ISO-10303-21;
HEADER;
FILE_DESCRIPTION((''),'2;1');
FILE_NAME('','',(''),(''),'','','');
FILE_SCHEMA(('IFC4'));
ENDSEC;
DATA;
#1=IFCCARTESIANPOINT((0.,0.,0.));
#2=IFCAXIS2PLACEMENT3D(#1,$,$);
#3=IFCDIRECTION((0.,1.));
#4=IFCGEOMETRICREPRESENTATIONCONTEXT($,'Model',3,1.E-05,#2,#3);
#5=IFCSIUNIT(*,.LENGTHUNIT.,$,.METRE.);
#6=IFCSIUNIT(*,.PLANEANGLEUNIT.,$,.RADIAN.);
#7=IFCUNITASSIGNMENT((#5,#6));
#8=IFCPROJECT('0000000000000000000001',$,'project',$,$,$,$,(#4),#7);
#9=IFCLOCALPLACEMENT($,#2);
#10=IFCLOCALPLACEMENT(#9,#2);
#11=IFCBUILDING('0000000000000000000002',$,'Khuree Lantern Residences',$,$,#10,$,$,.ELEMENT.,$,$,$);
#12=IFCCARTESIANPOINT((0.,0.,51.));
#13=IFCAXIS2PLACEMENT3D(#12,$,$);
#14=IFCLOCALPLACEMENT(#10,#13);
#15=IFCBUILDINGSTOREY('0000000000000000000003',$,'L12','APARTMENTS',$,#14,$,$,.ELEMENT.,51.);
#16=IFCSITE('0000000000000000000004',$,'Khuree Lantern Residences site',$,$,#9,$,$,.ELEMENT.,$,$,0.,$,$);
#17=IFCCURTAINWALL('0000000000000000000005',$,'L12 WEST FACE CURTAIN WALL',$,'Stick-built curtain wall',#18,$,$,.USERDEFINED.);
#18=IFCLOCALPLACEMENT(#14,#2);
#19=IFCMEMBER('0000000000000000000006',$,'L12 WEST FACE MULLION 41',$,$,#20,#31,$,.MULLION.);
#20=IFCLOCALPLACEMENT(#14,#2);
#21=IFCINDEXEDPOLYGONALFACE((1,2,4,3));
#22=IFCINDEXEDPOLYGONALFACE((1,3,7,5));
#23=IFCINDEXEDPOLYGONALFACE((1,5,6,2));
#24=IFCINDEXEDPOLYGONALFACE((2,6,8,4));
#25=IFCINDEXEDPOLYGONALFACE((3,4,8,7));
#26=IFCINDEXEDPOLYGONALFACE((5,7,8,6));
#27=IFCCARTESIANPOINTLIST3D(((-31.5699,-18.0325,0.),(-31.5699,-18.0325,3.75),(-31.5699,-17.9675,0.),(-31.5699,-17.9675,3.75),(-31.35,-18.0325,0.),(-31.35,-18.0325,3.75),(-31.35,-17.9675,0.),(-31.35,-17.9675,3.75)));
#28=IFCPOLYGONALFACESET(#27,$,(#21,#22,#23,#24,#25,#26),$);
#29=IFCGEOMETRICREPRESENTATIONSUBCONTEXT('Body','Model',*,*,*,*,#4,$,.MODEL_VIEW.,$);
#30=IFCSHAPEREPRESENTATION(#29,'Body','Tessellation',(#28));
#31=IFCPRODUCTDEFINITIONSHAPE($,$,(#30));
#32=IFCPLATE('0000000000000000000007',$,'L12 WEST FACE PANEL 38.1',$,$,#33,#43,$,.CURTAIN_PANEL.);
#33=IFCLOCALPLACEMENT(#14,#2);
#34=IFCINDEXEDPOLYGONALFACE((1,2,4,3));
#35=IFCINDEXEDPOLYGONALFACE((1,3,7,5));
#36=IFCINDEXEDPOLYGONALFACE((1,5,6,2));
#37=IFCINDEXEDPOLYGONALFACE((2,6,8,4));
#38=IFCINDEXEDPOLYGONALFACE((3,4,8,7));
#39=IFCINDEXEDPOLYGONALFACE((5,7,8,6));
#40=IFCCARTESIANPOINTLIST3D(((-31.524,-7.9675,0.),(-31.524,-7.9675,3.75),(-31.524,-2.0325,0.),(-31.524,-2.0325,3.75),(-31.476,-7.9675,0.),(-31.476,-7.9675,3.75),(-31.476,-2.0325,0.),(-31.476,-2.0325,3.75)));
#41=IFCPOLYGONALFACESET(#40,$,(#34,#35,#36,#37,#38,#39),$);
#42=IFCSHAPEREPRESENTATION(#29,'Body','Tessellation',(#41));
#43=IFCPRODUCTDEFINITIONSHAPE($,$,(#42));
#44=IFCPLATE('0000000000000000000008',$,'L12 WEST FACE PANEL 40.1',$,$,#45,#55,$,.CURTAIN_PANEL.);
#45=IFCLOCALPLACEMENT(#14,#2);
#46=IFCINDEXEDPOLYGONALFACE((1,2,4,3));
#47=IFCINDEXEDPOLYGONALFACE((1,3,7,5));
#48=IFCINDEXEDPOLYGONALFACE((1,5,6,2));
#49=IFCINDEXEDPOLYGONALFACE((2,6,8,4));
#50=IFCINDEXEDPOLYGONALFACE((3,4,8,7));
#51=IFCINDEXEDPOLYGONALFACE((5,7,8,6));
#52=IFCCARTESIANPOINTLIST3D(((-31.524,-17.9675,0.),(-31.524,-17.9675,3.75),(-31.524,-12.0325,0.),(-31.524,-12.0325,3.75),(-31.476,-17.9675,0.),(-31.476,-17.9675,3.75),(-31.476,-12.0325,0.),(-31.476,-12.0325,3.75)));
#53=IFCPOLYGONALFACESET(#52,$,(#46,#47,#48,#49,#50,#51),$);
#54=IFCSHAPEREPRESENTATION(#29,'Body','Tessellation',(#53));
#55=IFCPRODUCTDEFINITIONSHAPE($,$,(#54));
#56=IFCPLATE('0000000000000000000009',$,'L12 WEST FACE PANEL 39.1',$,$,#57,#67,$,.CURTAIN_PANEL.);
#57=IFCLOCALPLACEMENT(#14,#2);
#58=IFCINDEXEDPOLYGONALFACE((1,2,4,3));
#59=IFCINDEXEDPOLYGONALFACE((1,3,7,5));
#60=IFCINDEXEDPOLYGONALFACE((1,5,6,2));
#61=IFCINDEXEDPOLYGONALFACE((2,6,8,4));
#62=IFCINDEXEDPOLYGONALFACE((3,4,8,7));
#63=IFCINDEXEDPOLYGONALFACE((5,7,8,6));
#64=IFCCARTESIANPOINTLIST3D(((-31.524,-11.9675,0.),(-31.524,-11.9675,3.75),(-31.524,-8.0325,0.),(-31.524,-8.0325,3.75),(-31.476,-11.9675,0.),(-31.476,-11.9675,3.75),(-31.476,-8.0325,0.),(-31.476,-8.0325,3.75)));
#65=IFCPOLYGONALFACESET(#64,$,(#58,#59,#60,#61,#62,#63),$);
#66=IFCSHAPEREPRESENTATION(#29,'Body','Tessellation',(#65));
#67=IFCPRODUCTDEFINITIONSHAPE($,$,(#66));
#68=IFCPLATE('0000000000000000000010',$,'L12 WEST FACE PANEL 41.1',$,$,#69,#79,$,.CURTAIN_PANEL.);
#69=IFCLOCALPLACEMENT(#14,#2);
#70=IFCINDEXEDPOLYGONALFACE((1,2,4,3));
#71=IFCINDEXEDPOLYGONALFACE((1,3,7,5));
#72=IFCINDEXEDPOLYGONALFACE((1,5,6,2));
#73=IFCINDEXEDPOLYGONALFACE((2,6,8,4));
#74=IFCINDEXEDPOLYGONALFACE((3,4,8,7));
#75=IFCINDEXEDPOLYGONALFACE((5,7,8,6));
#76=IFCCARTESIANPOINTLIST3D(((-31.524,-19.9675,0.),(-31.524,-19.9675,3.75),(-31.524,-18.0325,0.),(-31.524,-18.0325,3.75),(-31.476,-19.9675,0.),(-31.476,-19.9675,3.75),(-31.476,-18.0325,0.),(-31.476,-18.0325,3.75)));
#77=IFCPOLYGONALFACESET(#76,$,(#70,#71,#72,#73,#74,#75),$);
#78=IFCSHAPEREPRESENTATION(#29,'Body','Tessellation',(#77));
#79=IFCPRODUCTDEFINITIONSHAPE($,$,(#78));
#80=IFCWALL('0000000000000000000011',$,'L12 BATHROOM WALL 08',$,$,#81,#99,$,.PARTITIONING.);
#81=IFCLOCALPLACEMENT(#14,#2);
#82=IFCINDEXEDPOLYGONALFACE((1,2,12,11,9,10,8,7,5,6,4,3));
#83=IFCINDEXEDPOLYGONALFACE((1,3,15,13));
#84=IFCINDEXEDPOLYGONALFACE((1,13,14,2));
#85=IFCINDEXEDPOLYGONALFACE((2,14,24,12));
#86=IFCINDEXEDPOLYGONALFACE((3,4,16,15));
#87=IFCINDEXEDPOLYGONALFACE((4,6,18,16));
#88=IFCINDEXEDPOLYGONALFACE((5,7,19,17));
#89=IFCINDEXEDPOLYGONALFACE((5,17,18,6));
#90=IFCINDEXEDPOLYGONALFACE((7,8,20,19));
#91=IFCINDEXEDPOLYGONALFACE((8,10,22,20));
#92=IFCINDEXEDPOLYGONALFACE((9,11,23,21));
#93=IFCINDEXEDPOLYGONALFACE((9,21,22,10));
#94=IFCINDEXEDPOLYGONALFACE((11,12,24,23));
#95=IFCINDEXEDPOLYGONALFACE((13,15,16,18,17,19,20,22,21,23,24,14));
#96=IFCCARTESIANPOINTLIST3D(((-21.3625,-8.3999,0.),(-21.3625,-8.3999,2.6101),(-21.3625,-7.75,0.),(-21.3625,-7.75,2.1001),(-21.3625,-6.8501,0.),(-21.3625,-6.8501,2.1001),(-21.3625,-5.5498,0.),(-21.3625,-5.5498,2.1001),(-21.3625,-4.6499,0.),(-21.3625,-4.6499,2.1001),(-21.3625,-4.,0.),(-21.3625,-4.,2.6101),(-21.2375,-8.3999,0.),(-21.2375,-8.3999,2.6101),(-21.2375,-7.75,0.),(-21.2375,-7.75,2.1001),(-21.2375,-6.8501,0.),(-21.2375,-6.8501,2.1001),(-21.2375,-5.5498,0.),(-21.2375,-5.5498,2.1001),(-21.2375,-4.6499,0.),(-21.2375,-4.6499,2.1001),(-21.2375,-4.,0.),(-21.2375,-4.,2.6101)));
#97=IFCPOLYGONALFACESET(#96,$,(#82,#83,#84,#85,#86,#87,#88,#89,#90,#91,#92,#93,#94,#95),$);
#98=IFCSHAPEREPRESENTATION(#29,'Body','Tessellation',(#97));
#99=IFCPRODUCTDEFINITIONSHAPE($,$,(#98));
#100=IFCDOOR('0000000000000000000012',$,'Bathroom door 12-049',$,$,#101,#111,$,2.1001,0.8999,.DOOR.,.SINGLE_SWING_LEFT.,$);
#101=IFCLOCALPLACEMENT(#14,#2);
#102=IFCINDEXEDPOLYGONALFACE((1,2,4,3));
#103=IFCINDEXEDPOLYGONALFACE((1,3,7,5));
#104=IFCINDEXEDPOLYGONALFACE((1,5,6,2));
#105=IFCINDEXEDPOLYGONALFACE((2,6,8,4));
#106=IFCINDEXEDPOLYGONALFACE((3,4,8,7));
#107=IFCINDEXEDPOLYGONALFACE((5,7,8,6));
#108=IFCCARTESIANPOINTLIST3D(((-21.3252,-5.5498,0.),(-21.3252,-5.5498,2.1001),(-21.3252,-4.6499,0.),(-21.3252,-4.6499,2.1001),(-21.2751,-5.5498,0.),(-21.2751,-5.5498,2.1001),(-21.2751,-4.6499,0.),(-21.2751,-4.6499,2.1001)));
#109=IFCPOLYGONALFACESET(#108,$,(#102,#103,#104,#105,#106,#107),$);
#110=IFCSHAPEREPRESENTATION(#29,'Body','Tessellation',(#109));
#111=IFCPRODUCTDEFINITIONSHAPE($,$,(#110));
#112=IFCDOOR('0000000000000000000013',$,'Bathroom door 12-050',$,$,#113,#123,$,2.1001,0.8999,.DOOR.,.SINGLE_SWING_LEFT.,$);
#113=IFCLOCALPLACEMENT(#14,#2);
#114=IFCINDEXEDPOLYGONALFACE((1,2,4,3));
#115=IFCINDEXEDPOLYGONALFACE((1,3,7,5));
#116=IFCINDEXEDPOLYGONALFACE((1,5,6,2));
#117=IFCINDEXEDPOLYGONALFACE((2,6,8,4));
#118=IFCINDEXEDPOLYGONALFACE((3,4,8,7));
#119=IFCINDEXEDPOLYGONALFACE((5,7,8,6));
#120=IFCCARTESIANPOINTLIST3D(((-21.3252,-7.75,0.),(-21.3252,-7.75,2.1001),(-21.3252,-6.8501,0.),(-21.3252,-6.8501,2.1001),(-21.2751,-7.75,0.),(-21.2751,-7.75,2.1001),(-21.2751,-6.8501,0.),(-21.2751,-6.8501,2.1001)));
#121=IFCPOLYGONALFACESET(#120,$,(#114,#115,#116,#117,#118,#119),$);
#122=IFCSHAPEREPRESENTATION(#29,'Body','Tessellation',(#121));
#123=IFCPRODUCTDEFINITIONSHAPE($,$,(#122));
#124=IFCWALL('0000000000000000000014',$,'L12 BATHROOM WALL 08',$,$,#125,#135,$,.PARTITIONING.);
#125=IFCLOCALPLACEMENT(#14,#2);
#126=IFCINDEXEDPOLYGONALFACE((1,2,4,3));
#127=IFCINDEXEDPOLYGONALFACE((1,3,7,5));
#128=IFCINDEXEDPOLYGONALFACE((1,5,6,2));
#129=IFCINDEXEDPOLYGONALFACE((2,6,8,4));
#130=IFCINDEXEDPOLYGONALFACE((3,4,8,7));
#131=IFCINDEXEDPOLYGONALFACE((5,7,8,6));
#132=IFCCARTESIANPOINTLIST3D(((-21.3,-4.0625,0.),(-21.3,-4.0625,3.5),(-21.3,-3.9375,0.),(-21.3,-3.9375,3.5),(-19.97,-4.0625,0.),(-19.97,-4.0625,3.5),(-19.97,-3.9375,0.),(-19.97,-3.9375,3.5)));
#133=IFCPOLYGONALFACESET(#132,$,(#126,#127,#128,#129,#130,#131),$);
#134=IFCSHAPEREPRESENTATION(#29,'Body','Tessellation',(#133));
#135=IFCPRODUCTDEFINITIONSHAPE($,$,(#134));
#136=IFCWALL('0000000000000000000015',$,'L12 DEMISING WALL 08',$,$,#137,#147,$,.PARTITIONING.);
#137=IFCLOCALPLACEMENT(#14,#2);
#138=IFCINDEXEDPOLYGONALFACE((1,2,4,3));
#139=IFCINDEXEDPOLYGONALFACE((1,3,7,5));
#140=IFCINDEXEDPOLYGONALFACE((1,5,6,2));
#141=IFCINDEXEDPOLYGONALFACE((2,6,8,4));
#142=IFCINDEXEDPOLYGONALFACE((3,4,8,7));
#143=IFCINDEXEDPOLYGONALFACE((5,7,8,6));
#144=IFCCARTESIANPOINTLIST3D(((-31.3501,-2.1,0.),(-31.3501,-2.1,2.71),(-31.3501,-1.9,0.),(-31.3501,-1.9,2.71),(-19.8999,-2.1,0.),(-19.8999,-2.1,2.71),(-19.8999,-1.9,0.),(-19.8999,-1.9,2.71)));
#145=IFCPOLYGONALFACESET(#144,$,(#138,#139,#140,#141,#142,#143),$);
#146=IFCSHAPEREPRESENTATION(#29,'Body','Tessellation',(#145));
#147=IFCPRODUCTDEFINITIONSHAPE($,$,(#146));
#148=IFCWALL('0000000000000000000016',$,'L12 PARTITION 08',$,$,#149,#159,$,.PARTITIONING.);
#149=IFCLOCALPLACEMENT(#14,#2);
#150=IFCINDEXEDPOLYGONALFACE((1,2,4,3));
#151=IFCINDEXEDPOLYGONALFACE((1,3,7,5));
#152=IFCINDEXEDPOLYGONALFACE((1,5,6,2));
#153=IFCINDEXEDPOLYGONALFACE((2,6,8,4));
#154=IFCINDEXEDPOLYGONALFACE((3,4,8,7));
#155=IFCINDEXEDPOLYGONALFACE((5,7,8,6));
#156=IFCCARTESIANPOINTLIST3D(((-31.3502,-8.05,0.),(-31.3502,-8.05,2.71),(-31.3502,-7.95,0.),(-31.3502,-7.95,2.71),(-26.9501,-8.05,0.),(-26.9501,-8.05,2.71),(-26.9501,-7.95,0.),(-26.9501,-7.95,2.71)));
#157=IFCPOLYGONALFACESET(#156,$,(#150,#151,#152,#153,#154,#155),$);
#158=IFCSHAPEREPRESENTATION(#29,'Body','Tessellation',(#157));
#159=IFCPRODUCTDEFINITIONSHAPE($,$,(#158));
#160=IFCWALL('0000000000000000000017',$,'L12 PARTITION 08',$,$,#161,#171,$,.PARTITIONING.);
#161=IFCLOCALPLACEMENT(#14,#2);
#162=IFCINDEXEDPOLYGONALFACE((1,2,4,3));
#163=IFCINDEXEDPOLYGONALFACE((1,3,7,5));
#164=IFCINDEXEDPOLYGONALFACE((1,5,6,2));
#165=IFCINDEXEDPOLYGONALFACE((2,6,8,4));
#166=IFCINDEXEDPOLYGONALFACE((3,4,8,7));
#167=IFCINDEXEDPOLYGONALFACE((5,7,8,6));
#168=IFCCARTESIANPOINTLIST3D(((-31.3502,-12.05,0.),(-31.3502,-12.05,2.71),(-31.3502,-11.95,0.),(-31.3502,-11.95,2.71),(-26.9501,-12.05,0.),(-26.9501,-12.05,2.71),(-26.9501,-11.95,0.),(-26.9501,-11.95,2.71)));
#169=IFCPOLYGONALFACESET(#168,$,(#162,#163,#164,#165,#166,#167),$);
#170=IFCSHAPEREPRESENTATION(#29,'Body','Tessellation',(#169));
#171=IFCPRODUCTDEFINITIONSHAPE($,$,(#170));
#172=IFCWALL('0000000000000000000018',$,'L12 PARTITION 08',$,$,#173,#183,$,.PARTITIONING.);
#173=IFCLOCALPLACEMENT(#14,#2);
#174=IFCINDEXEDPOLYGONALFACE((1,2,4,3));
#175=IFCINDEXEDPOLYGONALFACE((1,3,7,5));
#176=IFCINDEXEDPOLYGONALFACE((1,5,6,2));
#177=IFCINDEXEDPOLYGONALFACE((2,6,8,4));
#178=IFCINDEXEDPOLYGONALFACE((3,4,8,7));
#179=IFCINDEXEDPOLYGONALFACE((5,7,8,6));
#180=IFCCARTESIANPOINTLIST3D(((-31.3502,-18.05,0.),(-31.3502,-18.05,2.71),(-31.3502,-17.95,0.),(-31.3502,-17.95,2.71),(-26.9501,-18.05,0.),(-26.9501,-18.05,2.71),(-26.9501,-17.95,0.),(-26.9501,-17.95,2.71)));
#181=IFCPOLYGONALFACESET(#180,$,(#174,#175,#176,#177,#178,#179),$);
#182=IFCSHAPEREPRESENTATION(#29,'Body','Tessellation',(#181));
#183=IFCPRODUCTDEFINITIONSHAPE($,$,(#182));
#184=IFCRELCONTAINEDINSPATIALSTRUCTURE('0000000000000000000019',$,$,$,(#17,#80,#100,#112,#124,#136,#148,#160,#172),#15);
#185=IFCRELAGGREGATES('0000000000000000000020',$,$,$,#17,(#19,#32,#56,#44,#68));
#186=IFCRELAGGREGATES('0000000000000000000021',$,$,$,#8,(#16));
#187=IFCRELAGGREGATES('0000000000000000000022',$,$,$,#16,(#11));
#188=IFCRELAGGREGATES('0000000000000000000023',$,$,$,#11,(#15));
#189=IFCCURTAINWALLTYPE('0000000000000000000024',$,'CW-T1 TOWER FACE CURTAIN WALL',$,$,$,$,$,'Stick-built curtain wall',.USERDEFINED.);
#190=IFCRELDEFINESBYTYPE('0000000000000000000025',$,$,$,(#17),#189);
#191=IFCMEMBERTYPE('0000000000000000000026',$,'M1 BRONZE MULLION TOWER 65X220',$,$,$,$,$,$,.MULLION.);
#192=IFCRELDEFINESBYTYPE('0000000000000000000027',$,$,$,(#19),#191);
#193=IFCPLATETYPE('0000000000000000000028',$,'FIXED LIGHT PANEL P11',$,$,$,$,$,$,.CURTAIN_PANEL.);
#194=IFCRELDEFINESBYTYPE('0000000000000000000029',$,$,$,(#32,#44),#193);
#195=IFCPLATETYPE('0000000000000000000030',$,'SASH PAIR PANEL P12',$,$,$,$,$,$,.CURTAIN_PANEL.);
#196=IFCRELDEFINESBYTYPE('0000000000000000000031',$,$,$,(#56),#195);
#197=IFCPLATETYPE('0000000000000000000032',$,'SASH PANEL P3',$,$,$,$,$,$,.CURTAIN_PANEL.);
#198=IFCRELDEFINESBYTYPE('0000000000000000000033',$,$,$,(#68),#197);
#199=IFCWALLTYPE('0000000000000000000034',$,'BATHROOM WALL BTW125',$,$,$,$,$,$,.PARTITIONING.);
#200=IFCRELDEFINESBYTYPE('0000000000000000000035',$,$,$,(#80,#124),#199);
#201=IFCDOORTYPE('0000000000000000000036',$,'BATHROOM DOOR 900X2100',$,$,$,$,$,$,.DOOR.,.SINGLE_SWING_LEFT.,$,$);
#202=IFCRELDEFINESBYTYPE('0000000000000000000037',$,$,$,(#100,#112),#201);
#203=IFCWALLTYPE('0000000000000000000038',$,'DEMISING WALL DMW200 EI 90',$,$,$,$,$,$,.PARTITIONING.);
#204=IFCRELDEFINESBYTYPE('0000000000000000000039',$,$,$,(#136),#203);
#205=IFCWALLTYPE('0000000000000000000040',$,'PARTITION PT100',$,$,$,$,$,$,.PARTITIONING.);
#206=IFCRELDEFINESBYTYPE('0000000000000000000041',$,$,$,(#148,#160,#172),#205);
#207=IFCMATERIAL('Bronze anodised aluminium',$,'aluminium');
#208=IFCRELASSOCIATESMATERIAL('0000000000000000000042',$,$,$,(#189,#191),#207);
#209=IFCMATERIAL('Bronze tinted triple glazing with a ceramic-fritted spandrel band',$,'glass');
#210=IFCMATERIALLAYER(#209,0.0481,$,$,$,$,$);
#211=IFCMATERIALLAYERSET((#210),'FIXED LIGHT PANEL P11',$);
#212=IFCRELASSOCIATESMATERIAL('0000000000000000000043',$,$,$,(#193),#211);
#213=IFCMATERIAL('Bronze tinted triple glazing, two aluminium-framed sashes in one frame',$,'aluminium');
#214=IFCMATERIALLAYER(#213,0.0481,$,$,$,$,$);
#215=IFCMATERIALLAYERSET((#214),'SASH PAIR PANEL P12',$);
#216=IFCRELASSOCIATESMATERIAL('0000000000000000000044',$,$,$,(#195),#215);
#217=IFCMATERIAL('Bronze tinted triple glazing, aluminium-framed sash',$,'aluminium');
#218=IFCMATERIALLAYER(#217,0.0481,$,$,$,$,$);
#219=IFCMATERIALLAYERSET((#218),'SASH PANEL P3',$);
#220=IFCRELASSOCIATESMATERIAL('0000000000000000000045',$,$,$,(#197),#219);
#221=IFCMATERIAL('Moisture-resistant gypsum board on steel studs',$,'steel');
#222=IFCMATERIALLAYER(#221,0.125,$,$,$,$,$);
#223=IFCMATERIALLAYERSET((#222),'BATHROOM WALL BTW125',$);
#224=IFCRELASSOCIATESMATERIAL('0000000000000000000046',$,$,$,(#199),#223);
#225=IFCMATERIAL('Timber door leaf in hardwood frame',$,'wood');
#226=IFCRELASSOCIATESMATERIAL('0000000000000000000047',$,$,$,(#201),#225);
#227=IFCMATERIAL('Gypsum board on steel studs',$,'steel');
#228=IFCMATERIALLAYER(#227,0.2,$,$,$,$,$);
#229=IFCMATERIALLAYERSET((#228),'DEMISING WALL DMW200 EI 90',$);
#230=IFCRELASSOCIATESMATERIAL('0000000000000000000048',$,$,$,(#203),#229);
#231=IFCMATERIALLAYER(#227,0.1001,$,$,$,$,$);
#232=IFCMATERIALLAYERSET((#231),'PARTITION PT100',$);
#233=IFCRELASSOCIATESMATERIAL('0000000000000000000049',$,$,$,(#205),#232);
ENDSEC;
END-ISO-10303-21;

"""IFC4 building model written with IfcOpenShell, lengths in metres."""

from ifc_helpers import new_model, si_unit, direction, frame, frame_2d, origin, origin_2d, place, context, subcontext, project, spatial, rectangle, extrude, material, layer, layer_set, material_profile, profile_set, type_object, element, fill, aggregate, save


model = new_model("IFC4")

# Units and contexts
model_context = context("Model", 3, precision=1e-05, world=origin(), true_north=direction((0.0, 1.0)))
body_context = subcontext(model_context, "Body", "Model", "MODEL_VIEW")
ifc_project = project(units=[si_unit("LENGTHUNIT", "METRE"), si_unit("PLANEANGLEUNIT", "RADIAN")], contexts=[model_context])

# Site, building, storey
site_placement = place(None, origin())
site = spatial("IfcSite", under=ifc_project, at=site_placement, Name="Khuree Lantern Residences site", CompositionType="ELEMENT", RefElevation=0.0)
building_placement = place(site_placement, origin())
building = spatial("IfcBuilding", under=site, at=building_placement, Name="Khuree Lantern Residences", CompositionType="ELEMENT")
storey_placement = place(building_placement, frame((0.0, 0.0, 51.0)))
storey = spatial("IfcBuildingStorey", under=building, at=storey_placement, Name="L12", Description="APARTMENTS", CompositionType="ELEMENT", Elevation=51.0)

# Curtain wall
ifc_material_1 = material(Name="Bronze anodised aluminium", Category="aluminium")
curtain_wall_type = type_object("IfcCurtainWallType", Name="CW-T1 TOWER FACE CURTAIN WALL", ElementType="Stick-built curtain wall", PredefinedType="USERDEFINED", material=ifc_material_1)
curtain_wall_placement = place(storey_placement, origin())
curtain_wall = element("IfcCurtainWall", 1, at=curtain_wall_placement, inside=storey, type_object=curtain_wall_type, Name="L12 WEST FACE CURTAIN WALL", ObjectType="Stick-built curtain wall", PredefinedType="USERDEFINED")

# Member
ifc_material_profile_1 = material_profile(ifc_material_1, rectangle(XDim=0.0649, YDim=0.22, at=origin_2d()), Name="M1 65X220")
ifc_profile_set_1 = profile_set([ifc_material_profile_1], Name="Bronze anodised aluminium")
member_type_1 = type_object("IfcMemberType", Name="M1 BRONZE MULLION TOWER 65X220", PredefinedType="MULLION", material=ifc_profile_set_1)
member_1_placement = place(storey_placement, frame((-31.46, -18.0, 0.0), z_axis=(0.0, 0.0, 1.0), x_axis=(0.0, -1.0, 0.0)))
member_1 = element("IfcMember", 2, at=member_1_placement, type_object=member_type_1, Name="L12 WEST FACE MULLION 41", PredefinedType="MULLION", context=body_context, shape_type="SweptSolid", body=[
    extrude(rectangle(XDim=0.0649, YDim=0.22, at=origin_2d()), origin(), (0.0, 0.0, 1.0), 3.75),
])

# Plates
ifc_material_2 = material(Name="Bronze tinted triple glazing with a ceramic-fritted spandrel band", Category="glass")
ifc_layer_1 = layer(ifc_material_2, 0.0481)
ifc_layer_set_1 = layer_set([ifc_layer_1], Name="FIXED LIGHT PANEL P11")
plate_type_1 = type_object("IfcPlateType", Name="FIXED LIGHT PANEL P11", PredefinedType="CURTAIN_PANEL", material=ifc_layer_set_1)
plate_1_placement = place(storey_placement, frame((-31.5, -5.0, 0.0), z_axis=(0.0, 0.0, 1.0), x_axis=(0.0, -1.0, 0.0)))
plate_1 = element("IfcPlate", 3, at=plate_1_placement, type_object=plate_type_1, Name="L12 WEST FACE PANEL 38.1", PredefinedType="CURTAIN_PANEL", context=body_context, shape_type="SweptSolid", body=[
    extrude(rectangle(XDim=5.9351, YDim=0.0481, at=origin_2d()), origin(), (0.0, 0.0, 1.0), 3.75),
])
plate_2_placement = place(storey_placement, frame((-31.5, -15.0, 0.0), z_axis=(0.0, 0.0, 1.0), x_axis=(0.0, -1.0, 0.0)))
plate_2 = element("IfcPlate", 4, at=plate_2_placement, type_object=plate_type_1, Name="L12 WEST FACE PANEL 40.1", PredefinedType="CURTAIN_PANEL", context=body_context, shape_type="SweptSolid", body=[
    extrude(rectangle(XDim=5.9351, YDim=0.0481, at=origin_2d()), origin(), (0.0, 0.0, 1.0), 3.75),
])
ifc_material_3 = material(Name="Bronze tinted triple glazing, two aluminium-framed sashes in one frame", Category="aluminium")
ifc_layer_2 = layer(ifc_material_3, 0.0481)
ifc_layer_set_2 = layer_set([ifc_layer_2], Name="SASH PAIR PANEL P12")
plate_type_2 = type_object("IfcPlateType", Name="SASH PAIR PANEL P12", PredefinedType="CURTAIN_PANEL", material=ifc_layer_set_2)
plate_3_placement = place(storey_placement, frame((-31.5, -10.0, 0.0), z_axis=(0.0, 0.0, 1.0), x_axis=(0.0, -1.0, 0.0)))
plate_3 = element("IfcPlate", 5, at=plate_3_placement, type_object=plate_type_2, Name="L12 WEST FACE PANEL 39.1", PredefinedType="CURTAIN_PANEL", context=body_context, shape_type="SweptSolid", body=[
    extrude(rectangle(XDim=3.9351, YDim=0.0481, at=origin_2d()), origin(), (0.0, 0.0, 1.0), 3.75),
])
ifc_material_4 = material(Name="Bronze tinted triple glazing, aluminium-framed sash", Category="aluminium")
ifc_layer_3 = layer(ifc_material_4, 0.0481)
ifc_layer_set_3 = layer_set([ifc_layer_3], Name="SASH PANEL P3")
plate_type_3 = type_object("IfcPlateType", Name="SASH PANEL P3", PredefinedType="CURTAIN_PANEL", material=ifc_layer_set_3)
plate_4_placement = place(storey_placement, frame((-31.5, -19.0, 0.0), z_axis=(0.0, 0.0, 1.0), x_axis=(0.0, -1.0, 0.0)))
plate_4 = element("IfcPlate", 6, at=plate_4_placement, type_object=plate_type_3, Name="L12 WEST FACE PANEL 41.1", PredefinedType="CURTAIN_PANEL", context=body_context, shape_type="SweptSolid", body=[
    extrude(rectangle(XDim=1.9351, YDim=0.0481, at=origin_2d()), origin(), (0.0, 0.0, 1.0), 3.75),
])
aggregate(curtain_wall, [member_1, plate_1, plate_3, plate_2, plate_4])

# Wall, openings, doors
ifc_material_5 = material(Name="Moisture-resistant gypsum board on steel studs", Category="steel")
ifc_layer_4 = layer(ifc_material_5, 0.125)
ifc_layer_set_4 = layer_set([ifc_layer_4], Name="BATHROOM WALL BTW125")
wall_type_1 = type_object("IfcWallType", Name="BATHROOM WALL BTW125", PredefinedType="PARTITIONING", material=ifc_layer_set_4)
wall_1_placement = place(storey_placement, frame((-21.3, -4.0, 0.0), z_axis=(0.0, 0.0, 1.0), x_axis=(0.0, -1.0, 0.0)))
wall_1 = element("IfcWall", 7, at=wall_1_placement, inside=storey, type_object=wall_type_1, Name="L12 BATHROOM WALL 08", PredefinedType="PARTITIONING", context=body_context, shape_type="SweptSolid", body=[
    extrude(rectangle(XDim=4.3999, YDim=0.125, at=frame_2d((2.2, 0.0))), origin(), (0.0, 0.0, 1.0), 2.6101),
])
opening_1_placement = place(wall_1_placement, frame((0.6499, 0.0, 0.0)))
opening_1 = element("IfcOpeningElement", 8, at=opening_1_placement, cuts=wall_1, PredefinedType="OPENING", context=body_context, shape_type="SweptSolid", body=[
    extrude(rectangle(XDim=0.8999, YDim=2.1001, at=frame_2d((0.45, 1.05))), frame((0.0, 0.0725, 0.0), z_axis=(0.0, -1.0, 0.0), x_axis=(1.0, 0.0, 0.0)), (0.0, 0.0, 1.0), 0.145),
])
opening_2_placement = place(wall_1_placement, frame((2.8501, 0.0, 0.0)))
opening_2 = element("IfcOpeningElement", 9, at=opening_2_placement, cuts=wall_1, PredefinedType="OPENING", context=body_context, shape_type="SweptSolid", body=[
    extrude(rectangle(XDim=0.8999, YDim=2.1001, at=frame_2d((0.45, 1.05))), frame((0.0, 0.0725, 0.0), z_axis=(0.0, -1.0, 0.0), x_axis=(1.0, 0.0, 0.0)), (0.0, 0.0, 1.0), 0.145),
])
ifc_material_6 = material(Name="Timber door leaf in hardwood frame", Category="wood")
door_type_1 = type_object("IfcDoorType", Name="BATHROOM DOOR 900X2100", OperationType="SINGLE_SWING_LEFT", PredefinedType="DOOR", material=ifc_material_6)
door_1_placement = place(opening_1_placement, origin())
door_1 = element("IfcDoor", 10, at=door_1_placement, inside=storey, type_object=door_type_1, Name="Bathroom door 12-049", OperationType="SINGLE_SWING_LEFT", OverallHeight=2.1001, OverallWidth=0.8999, PredefinedType="DOOR", context=body_context, shape_type="SweptSolid", body=[
    extrude(rectangle(XDim=0.8999, YDim=2.1001, at=frame_2d((0.45, 1.05))), frame((0.0, 0.0249, 0.0), z_axis=(0.0, -1.0, 0.0), x_axis=(1.0, 0.0, 0.0)), (0.0, 0.0, 1.0), 0.05),
])
fill(opening_1, door_1)
door_2_placement = place(opening_2_placement, origin())
door_2 = element("IfcDoor", 11, at=door_2_placement, inside=storey, type_object=door_type_1, Name="Bathroom door 12-050", OperationType="SINGLE_SWING_LEFT", OverallHeight=2.1001, OverallWidth=0.8999, PredefinedType="DOOR", context=body_context, shape_type="SweptSolid", body=[
    extrude(rectangle(XDim=0.8999, YDim=2.1001, at=frame_2d((0.45, 1.05))), frame((0.0, 0.0249, 0.0), z_axis=(0.0, -1.0, 0.0), x_axis=(1.0, 0.0, 0.0)), (0.0, 0.0, 1.0), 0.05),
])
fill(opening_2, door_2)

# Walls
wall_2_placement = place(storey_placement, frame((-19.97, -4.0, 0.0), z_axis=(0.0, 0.0, 1.0), x_axis=(-1.0, 0.0, 0.0)))
element("IfcWall", 12, at=wall_2_placement, inside=storey, type_object=wall_type_1, Name="L12 BATHROOM WALL 08", PredefinedType="PARTITIONING", context=body_context, shape_type="SweptSolid", body=[
    extrude(rectangle(XDim=1.3301, YDim=0.125, at=frame_2d((0.665, 0.0))), origin(), (0.0, 0.0, 1.0), 3.5),
])
ifc_material_7 = material(Name="Gypsum board on steel studs", Category="steel")
ifc_layer_5 = layer(ifc_material_7, 0.2)
ifc_layer_set_5 = layer_set([ifc_layer_5], Name="DEMISING WALL DMW200 EI 90")
wall_type_2 = type_object("IfcWallType", Name="DEMISING WALL DMW200 EI 90", PredefinedType="PARTITIONING", material=ifc_layer_set_5)
wall_3_placement = place(storey_placement, frame((-19.8999, -2.0, 0.0), z_axis=(0.0, 0.0, 1.0), x_axis=(-1.0, 0.0, 0.0)))
element("IfcWall", 13, at=wall_3_placement, inside=storey, type_object=wall_type_2, Name="L12 DEMISING WALL 08", PredefinedType="PARTITIONING", context=body_context, shape_type="SweptSolid", body=[
    extrude(rectangle(XDim=11.4502, YDim=0.2, at=frame_2d((5.7251, 0.0))), origin(), (0.0, 0.0, 1.0), 2.71),
])
ifc_layer_6 = layer(ifc_material_7, 0.1001)
ifc_layer_set_6 = layer_set([ifc_layer_6], Name="PARTITION PT100")
wall_type_3 = type_object("IfcWallType", Name="PARTITION PT100", PredefinedType="PARTITIONING", material=ifc_layer_set_6)
for number, where, z_axis, x_axis, name in (
    (14, (-26.95, -8.0, 0.0), (0.0, 0.0, 1.0), (-1.0, 0.0, 0.0), "L12 PARTITION 08"),
    (15, (-26.95, -12.0, 0.0), (0.0, 0.0, 1.0), (-1.0, 0.0, 0.0), "L12 PARTITION 08"),
    (16, (-26.95, -18.0, 0.0), (0.0, 0.0, 1.0), (-1.0, 0.0, 0.0), "L12 PARTITION 08"),
):
    element("IfcWall", number, at=place(storey_placement, frame(where, z_axis=z_axis, x_axis=x_axis)), inside=storey, type_object=wall_type_3, Name=name, PredefinedType="PARTITIONING", context=body_context, shape_type="SweptSolid", body=[
        extrude(rectangle(XDim=4.4001, YDim=0.1001, at=frame_2d((2.2002, 0.0))), origin(), (0.0, 0.0, 1.0), 2.71),
    ])

save(model, "model.ifc")
